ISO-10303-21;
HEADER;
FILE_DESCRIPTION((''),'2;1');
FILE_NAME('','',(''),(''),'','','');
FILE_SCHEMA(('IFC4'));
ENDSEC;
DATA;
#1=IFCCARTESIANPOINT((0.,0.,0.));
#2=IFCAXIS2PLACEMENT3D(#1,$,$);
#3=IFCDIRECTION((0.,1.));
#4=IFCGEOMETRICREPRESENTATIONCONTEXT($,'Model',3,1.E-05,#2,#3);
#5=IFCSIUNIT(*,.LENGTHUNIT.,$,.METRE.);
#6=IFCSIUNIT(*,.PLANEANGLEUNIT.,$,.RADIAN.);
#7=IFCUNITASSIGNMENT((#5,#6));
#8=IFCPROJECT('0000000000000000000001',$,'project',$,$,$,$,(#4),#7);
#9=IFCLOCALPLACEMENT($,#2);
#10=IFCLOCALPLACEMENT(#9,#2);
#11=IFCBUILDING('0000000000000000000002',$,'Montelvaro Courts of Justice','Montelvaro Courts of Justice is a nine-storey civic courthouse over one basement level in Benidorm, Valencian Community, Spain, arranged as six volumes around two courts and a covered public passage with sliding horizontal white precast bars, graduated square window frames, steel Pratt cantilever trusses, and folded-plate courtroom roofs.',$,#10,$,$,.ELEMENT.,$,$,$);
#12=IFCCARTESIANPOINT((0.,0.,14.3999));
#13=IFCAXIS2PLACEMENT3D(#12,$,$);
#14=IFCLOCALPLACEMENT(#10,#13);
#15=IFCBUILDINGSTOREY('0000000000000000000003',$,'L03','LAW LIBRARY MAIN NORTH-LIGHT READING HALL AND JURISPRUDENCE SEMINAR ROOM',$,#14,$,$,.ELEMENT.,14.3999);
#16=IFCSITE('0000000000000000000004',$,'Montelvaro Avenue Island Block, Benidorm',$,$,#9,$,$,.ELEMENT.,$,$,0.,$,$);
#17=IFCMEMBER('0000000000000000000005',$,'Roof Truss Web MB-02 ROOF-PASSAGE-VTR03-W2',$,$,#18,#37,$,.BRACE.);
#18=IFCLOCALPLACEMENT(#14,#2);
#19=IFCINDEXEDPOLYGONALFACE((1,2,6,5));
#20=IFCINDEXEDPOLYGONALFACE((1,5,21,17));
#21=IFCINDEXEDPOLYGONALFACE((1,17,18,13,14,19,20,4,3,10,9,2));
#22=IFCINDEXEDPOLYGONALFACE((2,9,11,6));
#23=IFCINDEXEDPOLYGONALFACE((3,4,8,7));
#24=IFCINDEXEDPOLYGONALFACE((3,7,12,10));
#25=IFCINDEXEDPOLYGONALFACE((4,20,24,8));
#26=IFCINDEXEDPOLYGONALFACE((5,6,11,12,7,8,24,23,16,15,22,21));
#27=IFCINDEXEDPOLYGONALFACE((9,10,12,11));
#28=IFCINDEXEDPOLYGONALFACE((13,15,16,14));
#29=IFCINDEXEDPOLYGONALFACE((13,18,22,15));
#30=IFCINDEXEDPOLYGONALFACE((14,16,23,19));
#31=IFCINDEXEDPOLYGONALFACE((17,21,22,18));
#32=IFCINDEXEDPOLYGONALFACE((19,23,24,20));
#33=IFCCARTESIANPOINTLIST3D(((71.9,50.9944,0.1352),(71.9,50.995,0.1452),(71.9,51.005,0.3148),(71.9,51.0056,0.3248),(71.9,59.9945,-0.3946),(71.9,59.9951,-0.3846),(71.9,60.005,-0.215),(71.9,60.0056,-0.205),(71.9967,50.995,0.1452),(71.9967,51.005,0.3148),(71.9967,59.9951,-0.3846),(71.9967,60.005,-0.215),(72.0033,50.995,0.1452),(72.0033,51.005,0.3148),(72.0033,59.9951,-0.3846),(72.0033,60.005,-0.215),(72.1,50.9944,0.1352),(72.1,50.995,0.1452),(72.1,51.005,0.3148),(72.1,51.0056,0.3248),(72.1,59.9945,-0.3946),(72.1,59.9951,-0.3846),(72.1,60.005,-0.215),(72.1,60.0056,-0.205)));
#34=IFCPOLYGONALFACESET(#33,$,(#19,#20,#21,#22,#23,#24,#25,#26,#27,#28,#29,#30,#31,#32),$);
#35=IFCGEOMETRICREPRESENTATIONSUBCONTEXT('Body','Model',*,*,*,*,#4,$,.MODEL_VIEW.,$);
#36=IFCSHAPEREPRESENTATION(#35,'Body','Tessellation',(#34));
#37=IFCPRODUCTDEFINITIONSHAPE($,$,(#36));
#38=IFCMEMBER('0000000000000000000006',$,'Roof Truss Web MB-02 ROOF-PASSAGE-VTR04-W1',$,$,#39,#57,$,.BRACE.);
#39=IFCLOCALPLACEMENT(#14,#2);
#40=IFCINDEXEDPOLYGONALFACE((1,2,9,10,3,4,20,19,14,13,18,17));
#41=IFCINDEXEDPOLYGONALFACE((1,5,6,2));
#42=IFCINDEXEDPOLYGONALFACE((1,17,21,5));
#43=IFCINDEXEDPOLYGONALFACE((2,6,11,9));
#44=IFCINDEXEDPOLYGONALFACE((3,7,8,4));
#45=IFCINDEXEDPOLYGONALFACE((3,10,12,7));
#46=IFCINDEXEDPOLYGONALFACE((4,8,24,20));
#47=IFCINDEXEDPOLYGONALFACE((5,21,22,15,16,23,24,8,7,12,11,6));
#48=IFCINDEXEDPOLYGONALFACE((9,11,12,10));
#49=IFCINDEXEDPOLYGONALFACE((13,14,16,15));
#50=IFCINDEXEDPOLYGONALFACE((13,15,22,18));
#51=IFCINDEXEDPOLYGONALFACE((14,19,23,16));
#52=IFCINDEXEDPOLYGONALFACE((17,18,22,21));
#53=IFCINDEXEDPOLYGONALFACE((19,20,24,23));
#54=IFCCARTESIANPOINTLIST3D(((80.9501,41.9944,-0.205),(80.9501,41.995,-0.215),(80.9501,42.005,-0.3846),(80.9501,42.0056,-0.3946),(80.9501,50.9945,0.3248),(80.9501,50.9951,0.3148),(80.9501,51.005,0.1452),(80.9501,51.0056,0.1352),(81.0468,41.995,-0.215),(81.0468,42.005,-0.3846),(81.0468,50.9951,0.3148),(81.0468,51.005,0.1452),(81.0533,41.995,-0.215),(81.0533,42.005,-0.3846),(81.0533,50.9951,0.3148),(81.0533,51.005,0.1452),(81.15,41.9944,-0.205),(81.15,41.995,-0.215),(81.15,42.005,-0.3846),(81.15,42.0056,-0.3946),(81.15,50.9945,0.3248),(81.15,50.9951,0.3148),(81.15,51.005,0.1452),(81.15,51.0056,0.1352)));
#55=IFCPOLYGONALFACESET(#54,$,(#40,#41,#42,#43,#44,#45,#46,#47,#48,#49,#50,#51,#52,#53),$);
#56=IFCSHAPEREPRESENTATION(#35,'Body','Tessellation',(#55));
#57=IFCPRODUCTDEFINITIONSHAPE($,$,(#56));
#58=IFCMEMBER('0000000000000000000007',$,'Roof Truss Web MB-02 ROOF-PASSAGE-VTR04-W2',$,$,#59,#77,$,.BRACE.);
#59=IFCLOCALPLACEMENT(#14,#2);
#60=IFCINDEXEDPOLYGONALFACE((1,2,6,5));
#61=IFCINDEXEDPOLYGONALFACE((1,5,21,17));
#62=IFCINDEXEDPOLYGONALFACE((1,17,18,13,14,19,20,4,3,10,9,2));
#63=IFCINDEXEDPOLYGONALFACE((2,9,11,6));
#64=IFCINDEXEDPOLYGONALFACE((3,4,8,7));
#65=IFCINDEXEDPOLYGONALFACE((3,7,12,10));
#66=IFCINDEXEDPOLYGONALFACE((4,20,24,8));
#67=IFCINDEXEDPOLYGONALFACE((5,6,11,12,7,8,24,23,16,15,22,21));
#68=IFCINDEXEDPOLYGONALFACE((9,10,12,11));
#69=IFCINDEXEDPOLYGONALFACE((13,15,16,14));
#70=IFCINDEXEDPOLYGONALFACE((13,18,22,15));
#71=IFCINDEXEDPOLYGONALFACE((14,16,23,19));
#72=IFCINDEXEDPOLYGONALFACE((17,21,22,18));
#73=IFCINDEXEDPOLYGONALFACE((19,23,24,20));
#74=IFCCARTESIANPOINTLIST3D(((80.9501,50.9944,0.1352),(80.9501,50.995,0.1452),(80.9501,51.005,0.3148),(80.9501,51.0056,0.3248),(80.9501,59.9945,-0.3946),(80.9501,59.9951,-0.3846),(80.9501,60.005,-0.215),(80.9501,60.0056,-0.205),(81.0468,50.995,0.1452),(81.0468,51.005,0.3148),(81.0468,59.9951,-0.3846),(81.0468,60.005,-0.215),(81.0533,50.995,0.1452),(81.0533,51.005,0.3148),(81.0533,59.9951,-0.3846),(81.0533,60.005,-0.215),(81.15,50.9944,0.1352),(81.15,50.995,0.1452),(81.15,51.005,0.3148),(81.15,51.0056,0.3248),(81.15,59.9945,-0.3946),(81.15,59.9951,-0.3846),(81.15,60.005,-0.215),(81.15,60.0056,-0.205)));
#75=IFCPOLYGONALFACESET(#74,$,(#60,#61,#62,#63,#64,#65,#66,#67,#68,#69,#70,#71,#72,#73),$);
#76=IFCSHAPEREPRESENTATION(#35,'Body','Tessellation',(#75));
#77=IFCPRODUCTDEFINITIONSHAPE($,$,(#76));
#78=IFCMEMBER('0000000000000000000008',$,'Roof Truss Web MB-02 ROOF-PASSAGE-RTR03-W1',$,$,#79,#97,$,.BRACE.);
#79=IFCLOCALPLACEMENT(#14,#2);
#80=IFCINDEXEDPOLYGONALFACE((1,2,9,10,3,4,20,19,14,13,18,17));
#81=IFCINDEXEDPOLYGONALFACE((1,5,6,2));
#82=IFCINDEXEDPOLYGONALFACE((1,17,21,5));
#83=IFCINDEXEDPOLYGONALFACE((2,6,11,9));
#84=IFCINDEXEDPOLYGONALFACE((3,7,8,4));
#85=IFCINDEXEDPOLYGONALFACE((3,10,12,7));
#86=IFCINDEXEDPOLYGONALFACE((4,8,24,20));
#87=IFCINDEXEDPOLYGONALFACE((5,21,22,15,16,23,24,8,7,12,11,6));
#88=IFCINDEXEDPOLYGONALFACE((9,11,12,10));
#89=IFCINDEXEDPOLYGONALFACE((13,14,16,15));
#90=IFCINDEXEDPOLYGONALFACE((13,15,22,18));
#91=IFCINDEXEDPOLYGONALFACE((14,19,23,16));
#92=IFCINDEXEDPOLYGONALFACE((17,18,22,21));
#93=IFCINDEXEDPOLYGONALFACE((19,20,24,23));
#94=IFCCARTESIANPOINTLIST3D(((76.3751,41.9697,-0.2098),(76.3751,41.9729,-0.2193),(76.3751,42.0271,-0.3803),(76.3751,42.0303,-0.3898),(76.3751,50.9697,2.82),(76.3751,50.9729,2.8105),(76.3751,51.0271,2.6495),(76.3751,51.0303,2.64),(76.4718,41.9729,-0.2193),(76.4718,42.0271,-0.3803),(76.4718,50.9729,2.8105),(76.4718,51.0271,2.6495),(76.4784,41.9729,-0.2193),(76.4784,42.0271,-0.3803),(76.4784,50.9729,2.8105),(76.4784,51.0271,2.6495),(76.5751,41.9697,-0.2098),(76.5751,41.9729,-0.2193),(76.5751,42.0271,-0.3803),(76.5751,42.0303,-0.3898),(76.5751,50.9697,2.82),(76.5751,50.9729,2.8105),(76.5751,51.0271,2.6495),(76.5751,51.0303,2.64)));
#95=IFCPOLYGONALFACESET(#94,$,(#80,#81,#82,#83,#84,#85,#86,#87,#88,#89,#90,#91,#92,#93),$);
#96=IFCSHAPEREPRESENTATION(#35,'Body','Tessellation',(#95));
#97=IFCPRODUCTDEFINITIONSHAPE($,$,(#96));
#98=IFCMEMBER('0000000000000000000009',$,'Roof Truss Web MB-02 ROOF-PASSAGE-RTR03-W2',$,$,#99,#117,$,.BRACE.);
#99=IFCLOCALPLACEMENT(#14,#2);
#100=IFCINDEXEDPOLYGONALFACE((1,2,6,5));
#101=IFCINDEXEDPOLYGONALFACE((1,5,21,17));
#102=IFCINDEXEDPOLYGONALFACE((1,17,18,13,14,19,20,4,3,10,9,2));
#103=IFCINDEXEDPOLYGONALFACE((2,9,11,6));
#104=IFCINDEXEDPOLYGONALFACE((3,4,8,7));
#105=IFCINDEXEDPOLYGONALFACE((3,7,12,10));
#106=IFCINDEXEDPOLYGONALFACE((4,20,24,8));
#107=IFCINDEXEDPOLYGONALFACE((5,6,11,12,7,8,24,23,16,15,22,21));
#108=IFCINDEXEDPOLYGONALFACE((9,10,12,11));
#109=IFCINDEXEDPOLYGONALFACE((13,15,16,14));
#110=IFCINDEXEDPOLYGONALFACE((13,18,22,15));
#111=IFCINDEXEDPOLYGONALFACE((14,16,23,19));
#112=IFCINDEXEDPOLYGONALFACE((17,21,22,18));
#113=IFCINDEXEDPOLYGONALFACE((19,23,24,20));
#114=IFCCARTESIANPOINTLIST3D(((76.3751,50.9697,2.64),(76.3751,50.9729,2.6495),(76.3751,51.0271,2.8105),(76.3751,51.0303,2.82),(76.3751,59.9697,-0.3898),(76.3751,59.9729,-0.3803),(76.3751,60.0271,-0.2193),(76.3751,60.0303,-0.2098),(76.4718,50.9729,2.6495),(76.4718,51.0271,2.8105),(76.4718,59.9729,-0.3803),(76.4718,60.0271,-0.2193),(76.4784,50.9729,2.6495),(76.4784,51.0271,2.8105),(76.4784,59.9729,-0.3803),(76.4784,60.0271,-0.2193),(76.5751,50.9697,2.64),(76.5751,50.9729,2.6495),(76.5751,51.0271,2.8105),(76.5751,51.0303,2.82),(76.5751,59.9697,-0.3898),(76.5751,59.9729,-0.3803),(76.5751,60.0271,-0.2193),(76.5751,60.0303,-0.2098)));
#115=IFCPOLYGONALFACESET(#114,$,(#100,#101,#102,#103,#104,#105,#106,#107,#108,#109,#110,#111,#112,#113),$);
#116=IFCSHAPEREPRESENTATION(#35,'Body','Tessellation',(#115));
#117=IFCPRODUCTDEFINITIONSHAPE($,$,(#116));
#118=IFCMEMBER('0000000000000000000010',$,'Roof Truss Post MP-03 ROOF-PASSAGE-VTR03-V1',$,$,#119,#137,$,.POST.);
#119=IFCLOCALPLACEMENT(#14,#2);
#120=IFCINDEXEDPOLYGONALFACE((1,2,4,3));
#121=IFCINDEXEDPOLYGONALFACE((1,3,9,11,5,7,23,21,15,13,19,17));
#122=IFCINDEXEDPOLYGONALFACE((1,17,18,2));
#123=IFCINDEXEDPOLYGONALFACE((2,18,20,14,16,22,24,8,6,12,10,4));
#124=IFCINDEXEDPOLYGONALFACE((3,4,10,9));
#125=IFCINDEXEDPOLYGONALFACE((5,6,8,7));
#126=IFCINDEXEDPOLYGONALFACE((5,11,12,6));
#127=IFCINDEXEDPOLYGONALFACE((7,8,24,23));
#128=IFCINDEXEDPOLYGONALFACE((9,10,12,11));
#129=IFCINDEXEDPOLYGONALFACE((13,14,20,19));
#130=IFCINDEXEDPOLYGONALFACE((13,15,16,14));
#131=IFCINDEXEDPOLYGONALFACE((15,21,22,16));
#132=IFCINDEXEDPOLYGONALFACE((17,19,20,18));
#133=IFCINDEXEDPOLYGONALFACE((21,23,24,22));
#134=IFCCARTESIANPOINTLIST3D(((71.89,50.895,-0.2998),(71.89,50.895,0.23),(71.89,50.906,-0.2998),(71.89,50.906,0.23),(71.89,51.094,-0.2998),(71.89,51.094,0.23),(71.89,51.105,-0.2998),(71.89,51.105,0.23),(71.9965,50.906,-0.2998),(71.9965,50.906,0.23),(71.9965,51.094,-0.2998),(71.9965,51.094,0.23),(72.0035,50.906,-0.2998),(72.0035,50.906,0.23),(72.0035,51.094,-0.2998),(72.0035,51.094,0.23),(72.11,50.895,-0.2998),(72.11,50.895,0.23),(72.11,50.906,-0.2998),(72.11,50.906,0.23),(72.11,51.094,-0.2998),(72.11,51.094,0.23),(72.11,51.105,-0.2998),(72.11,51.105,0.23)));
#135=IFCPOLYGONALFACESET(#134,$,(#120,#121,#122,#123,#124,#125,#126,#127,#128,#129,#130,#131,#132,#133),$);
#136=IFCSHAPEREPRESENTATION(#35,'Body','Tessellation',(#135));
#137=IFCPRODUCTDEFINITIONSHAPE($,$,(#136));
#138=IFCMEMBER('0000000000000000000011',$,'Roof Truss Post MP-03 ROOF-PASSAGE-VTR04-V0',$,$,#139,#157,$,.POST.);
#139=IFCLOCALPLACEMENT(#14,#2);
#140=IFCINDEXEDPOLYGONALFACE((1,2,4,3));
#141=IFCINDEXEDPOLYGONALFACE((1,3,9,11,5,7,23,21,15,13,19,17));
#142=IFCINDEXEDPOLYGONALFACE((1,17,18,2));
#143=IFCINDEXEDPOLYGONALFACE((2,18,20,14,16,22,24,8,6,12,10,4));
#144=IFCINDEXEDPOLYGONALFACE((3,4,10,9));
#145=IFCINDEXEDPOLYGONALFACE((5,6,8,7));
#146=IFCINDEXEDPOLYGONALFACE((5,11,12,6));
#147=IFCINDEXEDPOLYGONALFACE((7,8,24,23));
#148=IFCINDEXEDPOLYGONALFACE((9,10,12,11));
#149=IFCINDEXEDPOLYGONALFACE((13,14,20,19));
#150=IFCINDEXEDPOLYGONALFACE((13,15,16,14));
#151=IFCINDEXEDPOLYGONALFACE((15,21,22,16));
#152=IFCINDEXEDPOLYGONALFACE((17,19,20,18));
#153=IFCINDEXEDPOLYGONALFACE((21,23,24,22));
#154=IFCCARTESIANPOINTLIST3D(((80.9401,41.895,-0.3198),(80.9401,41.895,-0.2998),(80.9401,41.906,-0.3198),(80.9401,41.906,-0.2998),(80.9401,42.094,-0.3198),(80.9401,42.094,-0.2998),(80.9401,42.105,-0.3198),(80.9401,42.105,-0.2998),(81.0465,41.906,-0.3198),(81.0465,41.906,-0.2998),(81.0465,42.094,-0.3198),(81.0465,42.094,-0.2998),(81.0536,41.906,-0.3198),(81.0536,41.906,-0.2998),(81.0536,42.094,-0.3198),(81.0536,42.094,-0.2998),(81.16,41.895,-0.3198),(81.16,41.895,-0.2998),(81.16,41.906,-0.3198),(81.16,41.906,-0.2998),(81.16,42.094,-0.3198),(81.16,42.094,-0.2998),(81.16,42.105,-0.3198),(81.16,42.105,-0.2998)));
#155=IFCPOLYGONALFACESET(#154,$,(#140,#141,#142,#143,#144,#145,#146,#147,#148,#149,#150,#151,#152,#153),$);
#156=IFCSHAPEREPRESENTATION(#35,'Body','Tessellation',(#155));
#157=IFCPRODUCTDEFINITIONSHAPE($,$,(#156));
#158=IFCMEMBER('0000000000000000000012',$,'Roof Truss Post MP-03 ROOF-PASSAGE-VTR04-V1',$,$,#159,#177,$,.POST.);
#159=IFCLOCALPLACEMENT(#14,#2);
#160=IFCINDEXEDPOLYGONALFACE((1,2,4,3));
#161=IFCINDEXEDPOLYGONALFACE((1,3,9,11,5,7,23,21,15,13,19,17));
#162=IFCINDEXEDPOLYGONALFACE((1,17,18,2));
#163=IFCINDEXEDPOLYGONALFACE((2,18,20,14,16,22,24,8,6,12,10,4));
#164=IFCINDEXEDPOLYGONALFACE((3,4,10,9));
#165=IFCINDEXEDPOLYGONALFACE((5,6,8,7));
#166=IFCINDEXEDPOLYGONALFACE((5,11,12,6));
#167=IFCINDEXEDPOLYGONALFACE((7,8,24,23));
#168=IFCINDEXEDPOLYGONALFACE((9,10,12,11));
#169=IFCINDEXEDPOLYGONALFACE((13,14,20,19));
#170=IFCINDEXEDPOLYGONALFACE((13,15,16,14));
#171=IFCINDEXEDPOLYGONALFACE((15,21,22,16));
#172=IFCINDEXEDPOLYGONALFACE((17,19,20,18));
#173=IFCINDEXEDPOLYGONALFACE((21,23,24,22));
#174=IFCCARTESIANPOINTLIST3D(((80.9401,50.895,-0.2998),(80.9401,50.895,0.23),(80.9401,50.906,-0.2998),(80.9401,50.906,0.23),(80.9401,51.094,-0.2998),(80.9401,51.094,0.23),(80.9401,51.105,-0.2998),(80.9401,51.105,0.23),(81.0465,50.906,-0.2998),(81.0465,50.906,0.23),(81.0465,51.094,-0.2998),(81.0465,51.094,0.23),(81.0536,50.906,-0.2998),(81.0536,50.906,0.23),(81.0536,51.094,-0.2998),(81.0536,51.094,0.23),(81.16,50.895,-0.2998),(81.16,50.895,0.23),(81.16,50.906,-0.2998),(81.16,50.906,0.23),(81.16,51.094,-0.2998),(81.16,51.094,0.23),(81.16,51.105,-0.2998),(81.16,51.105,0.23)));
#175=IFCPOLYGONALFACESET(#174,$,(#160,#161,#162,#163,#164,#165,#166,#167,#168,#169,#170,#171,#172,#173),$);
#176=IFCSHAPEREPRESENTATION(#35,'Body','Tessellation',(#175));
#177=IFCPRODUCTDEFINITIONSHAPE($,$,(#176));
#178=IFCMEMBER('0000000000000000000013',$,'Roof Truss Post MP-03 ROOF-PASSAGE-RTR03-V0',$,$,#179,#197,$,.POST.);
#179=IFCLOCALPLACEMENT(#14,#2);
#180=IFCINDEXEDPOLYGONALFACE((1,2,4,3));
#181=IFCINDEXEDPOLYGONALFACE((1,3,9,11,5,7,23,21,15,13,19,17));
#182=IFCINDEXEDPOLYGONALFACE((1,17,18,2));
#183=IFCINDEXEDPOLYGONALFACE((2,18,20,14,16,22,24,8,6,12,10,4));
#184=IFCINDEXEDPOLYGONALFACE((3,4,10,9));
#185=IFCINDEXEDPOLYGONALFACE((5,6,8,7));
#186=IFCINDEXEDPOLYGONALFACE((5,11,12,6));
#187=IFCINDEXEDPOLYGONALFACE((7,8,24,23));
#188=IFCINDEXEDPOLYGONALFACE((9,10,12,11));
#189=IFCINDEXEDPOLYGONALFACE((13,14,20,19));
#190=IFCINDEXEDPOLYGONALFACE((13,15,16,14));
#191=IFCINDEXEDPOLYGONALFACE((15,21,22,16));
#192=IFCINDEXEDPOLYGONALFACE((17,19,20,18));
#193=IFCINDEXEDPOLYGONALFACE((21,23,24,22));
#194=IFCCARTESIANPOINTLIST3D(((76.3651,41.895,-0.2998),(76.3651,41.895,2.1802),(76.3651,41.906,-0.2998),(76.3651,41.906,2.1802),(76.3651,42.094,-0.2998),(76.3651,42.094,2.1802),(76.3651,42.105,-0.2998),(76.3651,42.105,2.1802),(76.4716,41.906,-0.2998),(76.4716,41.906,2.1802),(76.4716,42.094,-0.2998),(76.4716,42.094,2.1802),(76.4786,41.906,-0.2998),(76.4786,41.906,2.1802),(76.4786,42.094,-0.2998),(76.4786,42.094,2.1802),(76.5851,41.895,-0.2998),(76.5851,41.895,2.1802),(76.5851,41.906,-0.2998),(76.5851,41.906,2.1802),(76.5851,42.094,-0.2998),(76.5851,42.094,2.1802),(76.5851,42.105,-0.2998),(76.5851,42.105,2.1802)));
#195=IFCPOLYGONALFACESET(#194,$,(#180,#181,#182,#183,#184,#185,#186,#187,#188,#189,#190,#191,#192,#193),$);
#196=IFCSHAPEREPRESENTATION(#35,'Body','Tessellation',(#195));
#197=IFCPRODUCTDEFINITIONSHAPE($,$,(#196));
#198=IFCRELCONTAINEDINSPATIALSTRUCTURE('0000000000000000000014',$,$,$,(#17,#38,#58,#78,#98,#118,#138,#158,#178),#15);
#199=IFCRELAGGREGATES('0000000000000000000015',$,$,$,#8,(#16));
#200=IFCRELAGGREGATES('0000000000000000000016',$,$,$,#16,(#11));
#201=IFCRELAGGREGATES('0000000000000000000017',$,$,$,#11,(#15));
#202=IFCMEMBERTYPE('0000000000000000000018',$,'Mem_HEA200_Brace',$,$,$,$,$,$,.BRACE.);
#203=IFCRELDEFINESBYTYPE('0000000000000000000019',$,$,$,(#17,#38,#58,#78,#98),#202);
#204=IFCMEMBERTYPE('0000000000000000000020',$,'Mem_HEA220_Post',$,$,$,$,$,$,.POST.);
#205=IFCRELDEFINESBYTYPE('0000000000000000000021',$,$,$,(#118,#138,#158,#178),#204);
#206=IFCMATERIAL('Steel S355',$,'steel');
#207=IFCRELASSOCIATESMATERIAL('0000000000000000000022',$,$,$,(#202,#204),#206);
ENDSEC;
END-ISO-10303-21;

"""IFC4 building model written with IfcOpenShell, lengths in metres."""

from ifc_helpers import new_model, si_unit, direction, frame, origin, origin_2d, place, context, subcontext, project, spatial, i_section, extrude, material, material_profile, profile_set, type_object, element, save


model = new_model("IFC4")

# Units and contexts
model_context = context("Model", 3, precision=1e-05, world=origin(), true_north=direction((0.0, 1.0)))
body_context = subcontext(model_context, "Body", "Model", "MODEL_VIEW")
ifc_project = project(units=[si_unit("LENGTHUNIT", "METRE"), si_unit("PLANEANGLEUNIT", "RADIAN")], contexts=[model_context])

# Site, building, storey
site_placement = place(None, origin())
site = spatial("IfcSite", under=ifc_project, at=site_placement, Name="Montelvaro Avenue Island Block, Benidorm", CompositionType="ELEMENT", RefElevation=0.0)
building_placement = place(site_placement, origin())
building = spatial("IfcBuilding", under=site, at=building_placement, Name="Montelvaro Courts of Justice", Description="Montelvaro Courts of Justice is a nine-storey civic courthouse over one basement level in Benidorm, Valencian Community, Spain, arranged as six volumes around two courts and a covered public passage with sliding horizontal white precast bars, graduated square window frames, steel Pratt cantilever trusses, and folded-plate courtroom roofs.", CompositionType="ELEMENT")
storey_placement = place(building_placement, frame((0.0, 0.0, 14.3999)))
storey = spatial("IfcBuildingStorey", under=building, at=storey_placement, Name="L03", Description="LAW LIBRARY MAIN NORTH-LIGHT READING HALL AND JURISPRUDENCE SEMINAR ROOM", CompositionType="ELEMENT", Elevation=14.3999)

# Members
ifc_material_1 = material(Name="Steel S355", Category="steel")
ifc_material_profile_1 = material_profile(ifc_material_1, i_section(OverallWidth=0.2, OverallDepth=0.1899, WebThickness=0.0066, FlangeThickness=0.01, at=origin_2d()), Name="HEA 200")
ifc_profile_set_1 = profile_set([ifc_material_profile_1], Name="Steel S355")
member_type_1 = type_object("IfcMemberType", Name="Mem_HEA200_Brace", PredefinedType="BRACE", material=ifc_profile_set_1)
for number, where, z_axis, x_axis, name in (
    (1, (72.0, 51.0, 0.23), (0.0, 0.998272, -0.058763), (-1.0, 0.0, 0.0), "Roof Truss Web MB-02 ROOF-PASSAGE-VTR03-W2"),
    (2, (81.05, 42.0, -0.2998), (0.0, 0.998272, 0.058763), (-1.0, 0.0, 0.0), "Roof Truss Web MB-02 ROOF-PASSAGE-VTR04-W1"),
    (3, (81.05, 51.0, 0.23), (0.0, 0.998272, -0.058763), (-1.0, 0.0, 0.0), "Roof Truss Web MB-02 ROOF-PASSAGE-VTR04-W2"),
):
    element("IfcMember", number, at=place(storey_placement, frame(where, z_axis=z_axis, x_axis=x_axis)), inside=storey, type_object=member_type_1, Name=name, PredefinedType="BRACE", context=body_context, shape_type="SweptSolid", body=[
        extrude(i_section(OverallWidth=0.2, OverallDepth=0.1899, WebThickness=0.0066, FlangeThickness=0.01, at=origin_2d()), origin(), (0.0, 0.0, 1.0), 9.0156),
    ])
for number, where, z_axis, x_axis, name in (
    (4, (76.4751, 42.0, -0.2998), (0.0, 0.947738, 0.319049), (-1.0, 0.0, 0.0), "Roof Truss Web MB-02 ROOF-PASSAGE-RTR03-W1"),
    (5, (76.4751, 51.0, 2.73), (0.0, 0.947738, -0.319049), (-1.0, 0.0, 0.0), "Roof Truss Web MB-02 ROOF-PASSAGE-RTR03-W2"),
):
    element("IfcMember", number, at=place(storey_placement, frame(where, z_axis=z_axis, x_axis=x_axis)), inside=storey, type_object=member_type_1, Name=name, PredefinedType="BRACE", context=body_context, shape_type="SweptSolid", body=[
        extrude(i_section(OverallWidth=0.2, OverallDepth=0.1899, WebThickness=0.0066, FlangeThickness=0.01, at=origin_2d()), origin(), (0.0, 0.0, 1.0), 9.4963),
    ])
ifc_material_profile_2 = material_profile(ifc_material_1, i_section(OverallWidth=0.22, OverallDepth=0.21, WebThickness=0.0071, FlangeThickness=0.011, at=origin_2d()), Name="HEA 220")
ifc_profile_set_2 = profile_set([ifc_material_profile_2], Name="Steel S355")
member_type_2 = type_object("IfcMemberType", Name="Mem_HEA220_Post", PredefinedType="POST", material=ifc_profile_set_2)
member_1_placement = place(storey_placement, frame((72.0, 51.0, -0.2998), z_axis=(0.0, 0.0, 1.0), x_axis=(1.0, 0.0, 0.0)))
element("IfcMember", 6, at=member_1_placement, inside=storey, type_object=member_type_2, Name="Roof Truss Post MP-03 ROOF-PASSAGE-VTR03-V1", PredefinedType="POST", context=body_context, shape_type="SweptSolid", body=[
    extrude(i_section(OverallWidth=0.22, OverallDepth=0.21, WebThickness=0.0071, FlangeThickness=0.011, at=origin_2d()), origin(), (0.0, 0.0, 1.0), 0.5298),
])
member_2_placement = place(storey_placement, frame((81.05, 42.0, -0.2998), z_axis=(0.0, 0.0, -1.0), x_axis=(1.0, 0.0, 0.0)))
element("IfcMember", 7, at=member_2_placement, inside=storey, type_object=member_type_2, Name="Roof Truss Post MP-03 ROOF-PASSAGE-VTR04-V0", PredefinedType="POST", context=body_context, shape_type="SweptSolid", body=[
    extrude(i_section(OverallWidth=0.22, OverallDepth=0.21, WebThickness=0.0071, FlangeThickness=0.011, at=origin_2d()), origin(), (0.0, 0.0, 1.0), 0.02),
])
member_3_placement = place(storey_placement, frame((81.05, 51.0, -0.2998), z_axis=(0.0, 0.0, 1.0), x_axis=(1.0, 0.0, 0.0)))
element("IfcMember", 8, at=member_3_placement, inside=storey, type_object=member_type_2, Name="Roof Truss Post MP-03 ROOF-PASSAGE-VTR04-V1", PredefinedType="POST", context=body_context, shape_type="SweptSolid", body=[
    extrude(i_section(OverallWidth=0.22, OverallDepth=0.21, WebThickness=0.0071, FlangeThickness=0.011, at=origin_2d()), origin(), (0.0, 0.0, 1.0), 0.5298),
])
member_4_placement = place(storey_placement, frame((76.4751, 42.0, -0.2998), z_axis=(0.0, 0.0, 1.0), x_axis=(1.0, 0.0, 0.0)))
element("IfcMember", 9, at=member_4_placement, inside=storey, type_object=member_type_2, Name="Roof Truss Post MP-03 ROOF-PASSAGE-RTR03-V0", PredefinedType="POST", context=body_context, shape_type="SweptSolid", body=[
    extrude(i_section(OverallWidth=0.22, OverallDepth=0.21, WebThickness=0.0071, FlangeThickness=0.011, at=origin_2d()), origin(), (0.0, 0.0, 1.0), 2.48),
])

save(model, "model.ifc")
